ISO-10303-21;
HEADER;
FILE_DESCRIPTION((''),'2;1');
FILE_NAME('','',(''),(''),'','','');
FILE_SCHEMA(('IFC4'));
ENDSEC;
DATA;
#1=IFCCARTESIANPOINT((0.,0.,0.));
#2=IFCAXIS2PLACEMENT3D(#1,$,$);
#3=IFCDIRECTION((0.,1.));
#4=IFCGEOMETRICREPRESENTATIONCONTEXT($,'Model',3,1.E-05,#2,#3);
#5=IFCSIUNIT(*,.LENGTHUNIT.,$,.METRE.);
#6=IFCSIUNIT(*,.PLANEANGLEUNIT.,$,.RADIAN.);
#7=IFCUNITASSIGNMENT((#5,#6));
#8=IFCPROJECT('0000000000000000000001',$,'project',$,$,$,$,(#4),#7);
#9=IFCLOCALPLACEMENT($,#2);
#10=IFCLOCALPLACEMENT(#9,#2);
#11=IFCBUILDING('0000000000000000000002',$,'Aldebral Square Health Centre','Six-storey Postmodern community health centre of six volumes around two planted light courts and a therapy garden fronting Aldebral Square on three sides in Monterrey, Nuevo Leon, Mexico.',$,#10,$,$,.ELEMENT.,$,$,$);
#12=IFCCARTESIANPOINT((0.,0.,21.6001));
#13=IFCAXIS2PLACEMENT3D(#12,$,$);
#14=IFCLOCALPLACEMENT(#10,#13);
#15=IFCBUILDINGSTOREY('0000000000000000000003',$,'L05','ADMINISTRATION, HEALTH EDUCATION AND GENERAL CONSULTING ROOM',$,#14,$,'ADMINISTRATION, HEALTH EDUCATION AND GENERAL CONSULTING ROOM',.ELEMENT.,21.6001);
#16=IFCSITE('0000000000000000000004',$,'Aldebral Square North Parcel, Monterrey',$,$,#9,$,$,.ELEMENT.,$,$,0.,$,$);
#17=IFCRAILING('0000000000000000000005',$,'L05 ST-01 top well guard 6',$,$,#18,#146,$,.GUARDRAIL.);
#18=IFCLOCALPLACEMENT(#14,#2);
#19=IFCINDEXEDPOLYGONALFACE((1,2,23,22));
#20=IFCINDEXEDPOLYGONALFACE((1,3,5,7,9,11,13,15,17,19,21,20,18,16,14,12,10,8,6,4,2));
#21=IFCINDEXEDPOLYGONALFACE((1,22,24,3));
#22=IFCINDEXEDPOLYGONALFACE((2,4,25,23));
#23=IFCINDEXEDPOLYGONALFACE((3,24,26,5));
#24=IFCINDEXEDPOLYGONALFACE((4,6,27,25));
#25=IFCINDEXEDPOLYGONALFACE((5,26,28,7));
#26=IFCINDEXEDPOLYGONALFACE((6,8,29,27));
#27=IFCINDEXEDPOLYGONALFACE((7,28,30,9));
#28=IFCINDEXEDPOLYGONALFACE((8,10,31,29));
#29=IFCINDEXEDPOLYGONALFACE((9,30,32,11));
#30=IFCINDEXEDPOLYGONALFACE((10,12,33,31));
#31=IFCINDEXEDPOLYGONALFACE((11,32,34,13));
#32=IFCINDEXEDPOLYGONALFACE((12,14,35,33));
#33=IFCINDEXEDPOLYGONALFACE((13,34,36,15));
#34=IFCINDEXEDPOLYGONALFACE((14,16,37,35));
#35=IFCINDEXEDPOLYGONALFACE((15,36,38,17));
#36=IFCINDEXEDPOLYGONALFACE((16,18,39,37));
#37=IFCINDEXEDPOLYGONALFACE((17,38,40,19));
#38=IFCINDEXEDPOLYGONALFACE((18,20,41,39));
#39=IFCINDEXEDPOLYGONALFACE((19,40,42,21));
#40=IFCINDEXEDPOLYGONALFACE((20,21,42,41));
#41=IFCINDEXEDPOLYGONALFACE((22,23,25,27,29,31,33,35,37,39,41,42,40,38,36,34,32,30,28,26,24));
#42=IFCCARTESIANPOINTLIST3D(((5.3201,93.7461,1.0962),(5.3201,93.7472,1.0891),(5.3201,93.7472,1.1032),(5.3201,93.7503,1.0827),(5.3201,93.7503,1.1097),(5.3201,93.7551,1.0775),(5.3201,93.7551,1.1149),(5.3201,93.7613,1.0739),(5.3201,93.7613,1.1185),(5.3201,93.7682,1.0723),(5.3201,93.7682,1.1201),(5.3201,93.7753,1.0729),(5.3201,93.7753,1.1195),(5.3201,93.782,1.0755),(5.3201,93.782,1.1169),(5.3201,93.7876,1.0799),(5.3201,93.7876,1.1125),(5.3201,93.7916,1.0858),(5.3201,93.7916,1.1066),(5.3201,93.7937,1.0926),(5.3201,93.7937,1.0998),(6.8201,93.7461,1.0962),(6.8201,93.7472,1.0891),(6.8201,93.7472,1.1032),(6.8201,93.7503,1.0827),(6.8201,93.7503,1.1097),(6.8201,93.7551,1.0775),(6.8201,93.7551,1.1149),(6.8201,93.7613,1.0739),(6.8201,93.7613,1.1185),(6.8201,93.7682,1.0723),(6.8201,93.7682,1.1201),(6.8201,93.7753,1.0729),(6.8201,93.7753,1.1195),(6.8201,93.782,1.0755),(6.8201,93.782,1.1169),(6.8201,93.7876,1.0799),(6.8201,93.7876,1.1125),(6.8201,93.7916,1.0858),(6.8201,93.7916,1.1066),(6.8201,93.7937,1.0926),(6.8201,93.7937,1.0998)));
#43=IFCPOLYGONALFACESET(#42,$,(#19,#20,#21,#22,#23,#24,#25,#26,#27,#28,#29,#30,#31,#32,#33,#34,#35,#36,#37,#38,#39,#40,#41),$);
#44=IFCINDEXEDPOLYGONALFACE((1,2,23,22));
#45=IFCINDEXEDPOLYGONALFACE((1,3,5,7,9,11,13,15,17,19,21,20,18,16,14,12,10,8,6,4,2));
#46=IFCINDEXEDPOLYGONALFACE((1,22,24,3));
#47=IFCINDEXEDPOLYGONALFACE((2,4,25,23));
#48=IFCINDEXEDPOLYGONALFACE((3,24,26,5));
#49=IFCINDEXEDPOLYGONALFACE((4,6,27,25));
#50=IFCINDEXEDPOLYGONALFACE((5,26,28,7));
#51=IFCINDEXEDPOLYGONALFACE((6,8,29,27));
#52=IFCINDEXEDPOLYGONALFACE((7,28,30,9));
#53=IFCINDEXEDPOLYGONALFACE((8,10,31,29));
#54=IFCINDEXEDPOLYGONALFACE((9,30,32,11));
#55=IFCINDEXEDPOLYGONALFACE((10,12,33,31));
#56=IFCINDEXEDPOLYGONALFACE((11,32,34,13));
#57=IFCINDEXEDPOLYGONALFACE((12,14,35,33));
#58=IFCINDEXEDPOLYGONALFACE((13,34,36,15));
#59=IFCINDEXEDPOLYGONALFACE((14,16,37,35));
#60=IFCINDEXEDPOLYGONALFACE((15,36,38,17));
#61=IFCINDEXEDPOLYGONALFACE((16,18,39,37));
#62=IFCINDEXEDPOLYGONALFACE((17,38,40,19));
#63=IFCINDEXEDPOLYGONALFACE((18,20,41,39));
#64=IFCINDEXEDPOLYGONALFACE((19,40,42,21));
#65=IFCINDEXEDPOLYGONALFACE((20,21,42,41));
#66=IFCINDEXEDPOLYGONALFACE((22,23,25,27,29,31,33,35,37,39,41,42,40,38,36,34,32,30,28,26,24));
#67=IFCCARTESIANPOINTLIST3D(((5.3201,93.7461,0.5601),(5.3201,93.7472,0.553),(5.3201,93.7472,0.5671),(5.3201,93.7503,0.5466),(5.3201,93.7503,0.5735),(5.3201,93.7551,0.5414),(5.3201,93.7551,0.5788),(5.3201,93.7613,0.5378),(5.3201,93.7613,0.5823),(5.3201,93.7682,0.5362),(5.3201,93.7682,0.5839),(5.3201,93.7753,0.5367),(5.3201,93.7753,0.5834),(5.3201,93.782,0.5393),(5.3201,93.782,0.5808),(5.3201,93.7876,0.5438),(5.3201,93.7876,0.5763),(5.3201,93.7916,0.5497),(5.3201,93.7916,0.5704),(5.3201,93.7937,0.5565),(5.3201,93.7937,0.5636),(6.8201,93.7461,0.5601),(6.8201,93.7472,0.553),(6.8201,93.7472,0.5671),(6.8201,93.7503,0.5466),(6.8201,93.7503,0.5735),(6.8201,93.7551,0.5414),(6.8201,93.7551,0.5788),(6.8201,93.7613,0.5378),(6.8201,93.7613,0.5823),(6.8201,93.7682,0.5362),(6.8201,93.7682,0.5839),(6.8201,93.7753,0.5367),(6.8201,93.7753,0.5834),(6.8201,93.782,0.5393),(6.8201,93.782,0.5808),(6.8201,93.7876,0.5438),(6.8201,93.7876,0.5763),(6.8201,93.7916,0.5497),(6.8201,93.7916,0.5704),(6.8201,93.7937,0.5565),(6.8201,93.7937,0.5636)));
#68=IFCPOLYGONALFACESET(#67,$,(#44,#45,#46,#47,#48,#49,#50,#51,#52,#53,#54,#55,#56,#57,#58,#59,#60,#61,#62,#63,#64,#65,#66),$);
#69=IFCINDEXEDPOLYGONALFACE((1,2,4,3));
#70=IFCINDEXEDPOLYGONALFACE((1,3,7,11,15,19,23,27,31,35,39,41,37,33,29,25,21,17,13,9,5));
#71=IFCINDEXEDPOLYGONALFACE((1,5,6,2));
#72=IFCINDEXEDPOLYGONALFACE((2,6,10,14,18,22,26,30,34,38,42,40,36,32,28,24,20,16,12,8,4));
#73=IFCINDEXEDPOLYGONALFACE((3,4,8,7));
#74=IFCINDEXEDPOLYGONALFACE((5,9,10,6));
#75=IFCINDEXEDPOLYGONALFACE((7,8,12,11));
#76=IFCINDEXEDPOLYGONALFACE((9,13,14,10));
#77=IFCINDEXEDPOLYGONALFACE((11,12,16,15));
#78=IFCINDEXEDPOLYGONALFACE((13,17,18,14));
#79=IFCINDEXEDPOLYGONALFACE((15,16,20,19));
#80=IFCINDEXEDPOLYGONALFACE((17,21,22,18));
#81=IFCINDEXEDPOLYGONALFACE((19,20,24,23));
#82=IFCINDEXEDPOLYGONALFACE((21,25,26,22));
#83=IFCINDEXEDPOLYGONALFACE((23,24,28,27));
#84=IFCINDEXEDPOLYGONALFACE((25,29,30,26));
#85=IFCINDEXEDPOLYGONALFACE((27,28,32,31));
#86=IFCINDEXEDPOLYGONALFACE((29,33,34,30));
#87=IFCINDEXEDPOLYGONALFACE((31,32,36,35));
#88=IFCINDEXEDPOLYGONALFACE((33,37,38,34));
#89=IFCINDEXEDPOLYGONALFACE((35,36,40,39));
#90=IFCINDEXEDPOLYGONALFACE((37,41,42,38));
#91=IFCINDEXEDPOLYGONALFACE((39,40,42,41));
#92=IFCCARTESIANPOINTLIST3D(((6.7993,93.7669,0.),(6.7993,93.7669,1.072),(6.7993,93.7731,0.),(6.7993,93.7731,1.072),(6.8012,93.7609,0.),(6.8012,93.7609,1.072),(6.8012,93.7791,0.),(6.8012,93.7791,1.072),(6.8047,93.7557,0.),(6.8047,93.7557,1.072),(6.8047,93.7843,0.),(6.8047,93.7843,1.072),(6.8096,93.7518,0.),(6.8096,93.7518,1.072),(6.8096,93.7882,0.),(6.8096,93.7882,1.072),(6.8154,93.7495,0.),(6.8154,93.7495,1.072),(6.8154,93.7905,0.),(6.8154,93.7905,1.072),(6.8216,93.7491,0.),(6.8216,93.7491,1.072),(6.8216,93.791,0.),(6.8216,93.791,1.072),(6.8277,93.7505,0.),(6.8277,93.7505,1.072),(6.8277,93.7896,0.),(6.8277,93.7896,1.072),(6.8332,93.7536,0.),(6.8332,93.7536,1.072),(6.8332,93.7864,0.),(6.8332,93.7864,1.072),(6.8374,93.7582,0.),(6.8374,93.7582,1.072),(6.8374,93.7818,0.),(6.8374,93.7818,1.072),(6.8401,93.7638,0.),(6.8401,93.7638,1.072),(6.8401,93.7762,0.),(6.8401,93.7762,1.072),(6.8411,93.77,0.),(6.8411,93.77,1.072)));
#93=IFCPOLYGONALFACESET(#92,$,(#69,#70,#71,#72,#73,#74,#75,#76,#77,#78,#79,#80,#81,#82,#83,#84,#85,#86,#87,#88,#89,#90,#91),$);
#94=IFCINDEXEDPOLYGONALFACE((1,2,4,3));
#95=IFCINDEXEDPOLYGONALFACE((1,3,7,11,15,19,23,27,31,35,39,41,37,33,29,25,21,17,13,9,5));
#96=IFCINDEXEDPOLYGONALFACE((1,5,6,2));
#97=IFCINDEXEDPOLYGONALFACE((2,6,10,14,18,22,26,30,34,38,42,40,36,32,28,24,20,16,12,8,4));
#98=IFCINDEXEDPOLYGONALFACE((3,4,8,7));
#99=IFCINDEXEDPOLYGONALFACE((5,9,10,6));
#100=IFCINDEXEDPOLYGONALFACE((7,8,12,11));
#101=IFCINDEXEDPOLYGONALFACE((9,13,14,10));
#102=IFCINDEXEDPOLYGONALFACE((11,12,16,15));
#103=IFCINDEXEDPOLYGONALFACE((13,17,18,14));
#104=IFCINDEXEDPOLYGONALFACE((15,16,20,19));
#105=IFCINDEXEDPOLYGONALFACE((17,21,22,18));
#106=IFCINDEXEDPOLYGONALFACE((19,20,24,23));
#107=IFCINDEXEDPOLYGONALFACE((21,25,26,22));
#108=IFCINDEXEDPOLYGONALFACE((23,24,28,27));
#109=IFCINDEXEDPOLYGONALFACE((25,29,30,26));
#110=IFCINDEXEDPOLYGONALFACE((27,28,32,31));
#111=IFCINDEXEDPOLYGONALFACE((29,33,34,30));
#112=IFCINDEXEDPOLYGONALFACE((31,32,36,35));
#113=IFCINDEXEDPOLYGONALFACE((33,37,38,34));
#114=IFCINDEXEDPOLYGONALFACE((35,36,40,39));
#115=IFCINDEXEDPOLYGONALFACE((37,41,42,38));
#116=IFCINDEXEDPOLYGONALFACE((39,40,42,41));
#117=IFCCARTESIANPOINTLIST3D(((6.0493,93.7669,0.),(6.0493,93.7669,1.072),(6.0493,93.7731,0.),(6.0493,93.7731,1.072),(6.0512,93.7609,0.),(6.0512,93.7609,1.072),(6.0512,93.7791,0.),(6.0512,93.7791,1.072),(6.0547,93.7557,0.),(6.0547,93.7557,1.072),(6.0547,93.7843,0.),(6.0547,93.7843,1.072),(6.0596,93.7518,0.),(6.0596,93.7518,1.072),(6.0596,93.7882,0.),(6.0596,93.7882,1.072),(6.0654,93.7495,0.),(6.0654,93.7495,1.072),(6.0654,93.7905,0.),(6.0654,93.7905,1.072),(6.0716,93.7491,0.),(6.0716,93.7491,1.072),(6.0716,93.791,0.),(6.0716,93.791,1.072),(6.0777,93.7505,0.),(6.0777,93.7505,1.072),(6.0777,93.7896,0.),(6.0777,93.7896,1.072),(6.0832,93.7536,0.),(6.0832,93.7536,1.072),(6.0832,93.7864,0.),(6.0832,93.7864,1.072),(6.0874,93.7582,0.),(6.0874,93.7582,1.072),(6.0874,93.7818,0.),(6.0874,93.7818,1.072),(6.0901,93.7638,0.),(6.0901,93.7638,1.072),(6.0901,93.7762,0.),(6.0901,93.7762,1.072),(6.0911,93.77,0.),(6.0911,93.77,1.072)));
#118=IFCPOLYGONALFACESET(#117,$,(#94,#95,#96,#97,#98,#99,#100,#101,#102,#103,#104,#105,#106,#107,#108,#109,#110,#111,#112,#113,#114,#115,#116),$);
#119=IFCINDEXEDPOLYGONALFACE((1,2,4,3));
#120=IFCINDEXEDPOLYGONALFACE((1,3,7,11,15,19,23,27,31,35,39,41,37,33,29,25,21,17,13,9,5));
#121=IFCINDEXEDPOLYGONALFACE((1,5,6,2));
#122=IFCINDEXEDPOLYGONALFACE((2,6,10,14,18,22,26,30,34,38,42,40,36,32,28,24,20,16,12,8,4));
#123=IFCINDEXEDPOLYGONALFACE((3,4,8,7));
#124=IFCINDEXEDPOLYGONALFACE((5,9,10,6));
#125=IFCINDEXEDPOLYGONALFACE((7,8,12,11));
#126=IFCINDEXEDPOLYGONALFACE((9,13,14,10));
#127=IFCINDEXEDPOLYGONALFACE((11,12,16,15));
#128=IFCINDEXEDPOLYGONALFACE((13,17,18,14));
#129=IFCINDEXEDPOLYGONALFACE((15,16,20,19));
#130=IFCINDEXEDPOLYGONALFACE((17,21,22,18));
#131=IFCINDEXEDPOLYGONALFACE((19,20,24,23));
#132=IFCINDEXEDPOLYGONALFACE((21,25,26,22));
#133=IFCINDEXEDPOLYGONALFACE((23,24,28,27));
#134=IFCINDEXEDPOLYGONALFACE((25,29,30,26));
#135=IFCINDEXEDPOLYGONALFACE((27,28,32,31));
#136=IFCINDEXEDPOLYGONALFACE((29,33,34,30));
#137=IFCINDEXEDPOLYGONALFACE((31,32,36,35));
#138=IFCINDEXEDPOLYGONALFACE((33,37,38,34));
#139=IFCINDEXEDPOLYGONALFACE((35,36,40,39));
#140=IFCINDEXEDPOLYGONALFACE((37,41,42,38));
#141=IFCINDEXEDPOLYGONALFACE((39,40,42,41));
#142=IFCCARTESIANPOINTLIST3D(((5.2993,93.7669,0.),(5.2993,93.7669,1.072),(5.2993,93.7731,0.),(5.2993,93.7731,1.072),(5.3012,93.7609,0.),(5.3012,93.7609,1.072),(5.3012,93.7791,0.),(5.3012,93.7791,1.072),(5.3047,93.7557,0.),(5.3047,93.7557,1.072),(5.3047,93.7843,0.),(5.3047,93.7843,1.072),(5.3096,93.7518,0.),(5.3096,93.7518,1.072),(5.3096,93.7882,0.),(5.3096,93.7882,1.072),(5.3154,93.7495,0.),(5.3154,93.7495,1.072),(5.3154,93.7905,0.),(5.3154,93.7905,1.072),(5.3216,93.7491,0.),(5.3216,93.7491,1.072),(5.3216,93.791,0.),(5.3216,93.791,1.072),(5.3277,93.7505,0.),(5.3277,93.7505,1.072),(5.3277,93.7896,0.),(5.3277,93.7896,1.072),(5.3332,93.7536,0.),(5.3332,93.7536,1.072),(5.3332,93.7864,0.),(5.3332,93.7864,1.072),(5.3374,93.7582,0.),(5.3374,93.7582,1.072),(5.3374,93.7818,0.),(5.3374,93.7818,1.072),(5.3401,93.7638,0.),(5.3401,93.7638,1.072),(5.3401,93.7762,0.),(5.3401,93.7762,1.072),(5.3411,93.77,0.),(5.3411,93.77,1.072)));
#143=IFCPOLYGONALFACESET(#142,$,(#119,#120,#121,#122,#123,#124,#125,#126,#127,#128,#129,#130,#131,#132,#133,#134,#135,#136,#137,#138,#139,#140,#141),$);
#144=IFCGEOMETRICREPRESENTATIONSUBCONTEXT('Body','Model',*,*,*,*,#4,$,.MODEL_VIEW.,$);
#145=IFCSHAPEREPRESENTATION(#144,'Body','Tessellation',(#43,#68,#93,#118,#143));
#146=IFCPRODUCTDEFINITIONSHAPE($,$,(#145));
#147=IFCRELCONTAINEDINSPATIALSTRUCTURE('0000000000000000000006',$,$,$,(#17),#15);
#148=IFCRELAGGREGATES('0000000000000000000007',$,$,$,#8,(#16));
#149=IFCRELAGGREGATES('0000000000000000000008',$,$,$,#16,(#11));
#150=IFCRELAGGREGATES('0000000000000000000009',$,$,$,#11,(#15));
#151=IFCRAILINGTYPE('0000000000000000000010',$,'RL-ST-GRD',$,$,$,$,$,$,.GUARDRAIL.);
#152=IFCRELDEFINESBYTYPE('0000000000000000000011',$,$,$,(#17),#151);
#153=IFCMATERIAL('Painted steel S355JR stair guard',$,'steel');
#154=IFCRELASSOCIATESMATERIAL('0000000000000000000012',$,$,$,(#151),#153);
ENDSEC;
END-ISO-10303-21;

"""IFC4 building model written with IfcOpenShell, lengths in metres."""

from ifc_helpers import new_model, si_unit, direction, frame, origin, origin_2d, place, context, subcontext, project, spatial, circle, extrude, material, type_object, element, save


model = new_model("IFC4")

# Units and contexts
model_context = context("Model", 3, precision=1e-05, world=origin(), true_north=direction((0.0, 1.0)))
body_context = subcontext(model_context, "Body", "Model", "MODEL_VIEW")
ifc_project = project(units=[si_unit("LENGTHUNIT", "METRE"), si_unit("PLANEANGLEUNIT", "RADIAN")], contexts=[model_context])

# Site, building, storey
site_placement = place(None, origin())
site = spatial("IfcSite", under=ifc_project, at=site_placement, Name="Aldebral Square North Parcel, Monterrey", CompositionType="ELEMENT", RefElevation=0.0)
building_placement = place(site_placement, origin())
building = spatial("IfcBuilding", under=site, at=building_placement, Name="Aldebral Square Health Centre", Description="Six-storey Postmodern community health centre of six volumes around two planted light courts and a therapy garden fronting Aldebral Square on three sides in Monterrey, Nuevo Leon, Mexico.", CompositionType="ELEMENT")
storey_placement = place(building_placement, frame((0.0, 0.0, 21.6001)))
storey = spatial("IfcBuildingStorey", under=building, at=storey_placement, Name="L05", Description="ADMINISTRATION, HEALTH EDUCATION AND GENERAL CONSULTING ROOM", LongName="ADMINISTRATION, HEALTH EDUCATION AND GENERAL CONSULTING ROOM", CompositionType="ELEMENT", Elevation=21.6001)

# Railing
ifc_material_1 = material(Name="Painted steel S355JR stair guard", Category="steel")
railing_type = type_object("IfcRailingType", Name="RL-ST-GRD", PredefinedType="GUARDRAIL", material=ifc_material_1)
for number, where, name in (
    (1, (6.8201, 93.77, 0.0), "L05 ST-01 top well guard 6"),
):
    element("IfcRailing", number, at=place(storey_placement, frame(where)), inside=storey, type_object=railing_type, Name=name, PredefinedType="GUARDRAIL", context=body_context, shape_type="SweptSolid", body=[
        extrude(circle(Radius=0.0239, at=origin_2d()), frame((0.0, 0.0, 1.0962), z_axis=(-1.0, 0.0, 0.0), x_axis=(0.0, -1.0, 0.0)), (0.0, 0.0, 1.0), 1.5),
        extrude(circle(Radius=0.0239, at=origin_2d()), frame((0.0, 0.0, 0.5601), z_axis=(-1.0, 0.0, 0.0), x_axis=(0.0, -1.0, 0.0)), (0.0, 0.0, 1.0), 1.5),
        extrude(circle(Radius=0.021, at=origin_2d()), origin(), (0.0, 0.0, 1.0), 1.072),
        extrude(circle(Radius=0.021, at=origin_2d()), frame((-0.75, 0.0, 0.0)), (0.0, 0.0, 1.0), 1.072),
        extrude(circle(Radius=0.021, at=origin_2d()), frame((-1.5, 0.0, 0.0)), (0.0, 0.0, 1.0), 1.072),
    ])

save(model, "model.ifc")
